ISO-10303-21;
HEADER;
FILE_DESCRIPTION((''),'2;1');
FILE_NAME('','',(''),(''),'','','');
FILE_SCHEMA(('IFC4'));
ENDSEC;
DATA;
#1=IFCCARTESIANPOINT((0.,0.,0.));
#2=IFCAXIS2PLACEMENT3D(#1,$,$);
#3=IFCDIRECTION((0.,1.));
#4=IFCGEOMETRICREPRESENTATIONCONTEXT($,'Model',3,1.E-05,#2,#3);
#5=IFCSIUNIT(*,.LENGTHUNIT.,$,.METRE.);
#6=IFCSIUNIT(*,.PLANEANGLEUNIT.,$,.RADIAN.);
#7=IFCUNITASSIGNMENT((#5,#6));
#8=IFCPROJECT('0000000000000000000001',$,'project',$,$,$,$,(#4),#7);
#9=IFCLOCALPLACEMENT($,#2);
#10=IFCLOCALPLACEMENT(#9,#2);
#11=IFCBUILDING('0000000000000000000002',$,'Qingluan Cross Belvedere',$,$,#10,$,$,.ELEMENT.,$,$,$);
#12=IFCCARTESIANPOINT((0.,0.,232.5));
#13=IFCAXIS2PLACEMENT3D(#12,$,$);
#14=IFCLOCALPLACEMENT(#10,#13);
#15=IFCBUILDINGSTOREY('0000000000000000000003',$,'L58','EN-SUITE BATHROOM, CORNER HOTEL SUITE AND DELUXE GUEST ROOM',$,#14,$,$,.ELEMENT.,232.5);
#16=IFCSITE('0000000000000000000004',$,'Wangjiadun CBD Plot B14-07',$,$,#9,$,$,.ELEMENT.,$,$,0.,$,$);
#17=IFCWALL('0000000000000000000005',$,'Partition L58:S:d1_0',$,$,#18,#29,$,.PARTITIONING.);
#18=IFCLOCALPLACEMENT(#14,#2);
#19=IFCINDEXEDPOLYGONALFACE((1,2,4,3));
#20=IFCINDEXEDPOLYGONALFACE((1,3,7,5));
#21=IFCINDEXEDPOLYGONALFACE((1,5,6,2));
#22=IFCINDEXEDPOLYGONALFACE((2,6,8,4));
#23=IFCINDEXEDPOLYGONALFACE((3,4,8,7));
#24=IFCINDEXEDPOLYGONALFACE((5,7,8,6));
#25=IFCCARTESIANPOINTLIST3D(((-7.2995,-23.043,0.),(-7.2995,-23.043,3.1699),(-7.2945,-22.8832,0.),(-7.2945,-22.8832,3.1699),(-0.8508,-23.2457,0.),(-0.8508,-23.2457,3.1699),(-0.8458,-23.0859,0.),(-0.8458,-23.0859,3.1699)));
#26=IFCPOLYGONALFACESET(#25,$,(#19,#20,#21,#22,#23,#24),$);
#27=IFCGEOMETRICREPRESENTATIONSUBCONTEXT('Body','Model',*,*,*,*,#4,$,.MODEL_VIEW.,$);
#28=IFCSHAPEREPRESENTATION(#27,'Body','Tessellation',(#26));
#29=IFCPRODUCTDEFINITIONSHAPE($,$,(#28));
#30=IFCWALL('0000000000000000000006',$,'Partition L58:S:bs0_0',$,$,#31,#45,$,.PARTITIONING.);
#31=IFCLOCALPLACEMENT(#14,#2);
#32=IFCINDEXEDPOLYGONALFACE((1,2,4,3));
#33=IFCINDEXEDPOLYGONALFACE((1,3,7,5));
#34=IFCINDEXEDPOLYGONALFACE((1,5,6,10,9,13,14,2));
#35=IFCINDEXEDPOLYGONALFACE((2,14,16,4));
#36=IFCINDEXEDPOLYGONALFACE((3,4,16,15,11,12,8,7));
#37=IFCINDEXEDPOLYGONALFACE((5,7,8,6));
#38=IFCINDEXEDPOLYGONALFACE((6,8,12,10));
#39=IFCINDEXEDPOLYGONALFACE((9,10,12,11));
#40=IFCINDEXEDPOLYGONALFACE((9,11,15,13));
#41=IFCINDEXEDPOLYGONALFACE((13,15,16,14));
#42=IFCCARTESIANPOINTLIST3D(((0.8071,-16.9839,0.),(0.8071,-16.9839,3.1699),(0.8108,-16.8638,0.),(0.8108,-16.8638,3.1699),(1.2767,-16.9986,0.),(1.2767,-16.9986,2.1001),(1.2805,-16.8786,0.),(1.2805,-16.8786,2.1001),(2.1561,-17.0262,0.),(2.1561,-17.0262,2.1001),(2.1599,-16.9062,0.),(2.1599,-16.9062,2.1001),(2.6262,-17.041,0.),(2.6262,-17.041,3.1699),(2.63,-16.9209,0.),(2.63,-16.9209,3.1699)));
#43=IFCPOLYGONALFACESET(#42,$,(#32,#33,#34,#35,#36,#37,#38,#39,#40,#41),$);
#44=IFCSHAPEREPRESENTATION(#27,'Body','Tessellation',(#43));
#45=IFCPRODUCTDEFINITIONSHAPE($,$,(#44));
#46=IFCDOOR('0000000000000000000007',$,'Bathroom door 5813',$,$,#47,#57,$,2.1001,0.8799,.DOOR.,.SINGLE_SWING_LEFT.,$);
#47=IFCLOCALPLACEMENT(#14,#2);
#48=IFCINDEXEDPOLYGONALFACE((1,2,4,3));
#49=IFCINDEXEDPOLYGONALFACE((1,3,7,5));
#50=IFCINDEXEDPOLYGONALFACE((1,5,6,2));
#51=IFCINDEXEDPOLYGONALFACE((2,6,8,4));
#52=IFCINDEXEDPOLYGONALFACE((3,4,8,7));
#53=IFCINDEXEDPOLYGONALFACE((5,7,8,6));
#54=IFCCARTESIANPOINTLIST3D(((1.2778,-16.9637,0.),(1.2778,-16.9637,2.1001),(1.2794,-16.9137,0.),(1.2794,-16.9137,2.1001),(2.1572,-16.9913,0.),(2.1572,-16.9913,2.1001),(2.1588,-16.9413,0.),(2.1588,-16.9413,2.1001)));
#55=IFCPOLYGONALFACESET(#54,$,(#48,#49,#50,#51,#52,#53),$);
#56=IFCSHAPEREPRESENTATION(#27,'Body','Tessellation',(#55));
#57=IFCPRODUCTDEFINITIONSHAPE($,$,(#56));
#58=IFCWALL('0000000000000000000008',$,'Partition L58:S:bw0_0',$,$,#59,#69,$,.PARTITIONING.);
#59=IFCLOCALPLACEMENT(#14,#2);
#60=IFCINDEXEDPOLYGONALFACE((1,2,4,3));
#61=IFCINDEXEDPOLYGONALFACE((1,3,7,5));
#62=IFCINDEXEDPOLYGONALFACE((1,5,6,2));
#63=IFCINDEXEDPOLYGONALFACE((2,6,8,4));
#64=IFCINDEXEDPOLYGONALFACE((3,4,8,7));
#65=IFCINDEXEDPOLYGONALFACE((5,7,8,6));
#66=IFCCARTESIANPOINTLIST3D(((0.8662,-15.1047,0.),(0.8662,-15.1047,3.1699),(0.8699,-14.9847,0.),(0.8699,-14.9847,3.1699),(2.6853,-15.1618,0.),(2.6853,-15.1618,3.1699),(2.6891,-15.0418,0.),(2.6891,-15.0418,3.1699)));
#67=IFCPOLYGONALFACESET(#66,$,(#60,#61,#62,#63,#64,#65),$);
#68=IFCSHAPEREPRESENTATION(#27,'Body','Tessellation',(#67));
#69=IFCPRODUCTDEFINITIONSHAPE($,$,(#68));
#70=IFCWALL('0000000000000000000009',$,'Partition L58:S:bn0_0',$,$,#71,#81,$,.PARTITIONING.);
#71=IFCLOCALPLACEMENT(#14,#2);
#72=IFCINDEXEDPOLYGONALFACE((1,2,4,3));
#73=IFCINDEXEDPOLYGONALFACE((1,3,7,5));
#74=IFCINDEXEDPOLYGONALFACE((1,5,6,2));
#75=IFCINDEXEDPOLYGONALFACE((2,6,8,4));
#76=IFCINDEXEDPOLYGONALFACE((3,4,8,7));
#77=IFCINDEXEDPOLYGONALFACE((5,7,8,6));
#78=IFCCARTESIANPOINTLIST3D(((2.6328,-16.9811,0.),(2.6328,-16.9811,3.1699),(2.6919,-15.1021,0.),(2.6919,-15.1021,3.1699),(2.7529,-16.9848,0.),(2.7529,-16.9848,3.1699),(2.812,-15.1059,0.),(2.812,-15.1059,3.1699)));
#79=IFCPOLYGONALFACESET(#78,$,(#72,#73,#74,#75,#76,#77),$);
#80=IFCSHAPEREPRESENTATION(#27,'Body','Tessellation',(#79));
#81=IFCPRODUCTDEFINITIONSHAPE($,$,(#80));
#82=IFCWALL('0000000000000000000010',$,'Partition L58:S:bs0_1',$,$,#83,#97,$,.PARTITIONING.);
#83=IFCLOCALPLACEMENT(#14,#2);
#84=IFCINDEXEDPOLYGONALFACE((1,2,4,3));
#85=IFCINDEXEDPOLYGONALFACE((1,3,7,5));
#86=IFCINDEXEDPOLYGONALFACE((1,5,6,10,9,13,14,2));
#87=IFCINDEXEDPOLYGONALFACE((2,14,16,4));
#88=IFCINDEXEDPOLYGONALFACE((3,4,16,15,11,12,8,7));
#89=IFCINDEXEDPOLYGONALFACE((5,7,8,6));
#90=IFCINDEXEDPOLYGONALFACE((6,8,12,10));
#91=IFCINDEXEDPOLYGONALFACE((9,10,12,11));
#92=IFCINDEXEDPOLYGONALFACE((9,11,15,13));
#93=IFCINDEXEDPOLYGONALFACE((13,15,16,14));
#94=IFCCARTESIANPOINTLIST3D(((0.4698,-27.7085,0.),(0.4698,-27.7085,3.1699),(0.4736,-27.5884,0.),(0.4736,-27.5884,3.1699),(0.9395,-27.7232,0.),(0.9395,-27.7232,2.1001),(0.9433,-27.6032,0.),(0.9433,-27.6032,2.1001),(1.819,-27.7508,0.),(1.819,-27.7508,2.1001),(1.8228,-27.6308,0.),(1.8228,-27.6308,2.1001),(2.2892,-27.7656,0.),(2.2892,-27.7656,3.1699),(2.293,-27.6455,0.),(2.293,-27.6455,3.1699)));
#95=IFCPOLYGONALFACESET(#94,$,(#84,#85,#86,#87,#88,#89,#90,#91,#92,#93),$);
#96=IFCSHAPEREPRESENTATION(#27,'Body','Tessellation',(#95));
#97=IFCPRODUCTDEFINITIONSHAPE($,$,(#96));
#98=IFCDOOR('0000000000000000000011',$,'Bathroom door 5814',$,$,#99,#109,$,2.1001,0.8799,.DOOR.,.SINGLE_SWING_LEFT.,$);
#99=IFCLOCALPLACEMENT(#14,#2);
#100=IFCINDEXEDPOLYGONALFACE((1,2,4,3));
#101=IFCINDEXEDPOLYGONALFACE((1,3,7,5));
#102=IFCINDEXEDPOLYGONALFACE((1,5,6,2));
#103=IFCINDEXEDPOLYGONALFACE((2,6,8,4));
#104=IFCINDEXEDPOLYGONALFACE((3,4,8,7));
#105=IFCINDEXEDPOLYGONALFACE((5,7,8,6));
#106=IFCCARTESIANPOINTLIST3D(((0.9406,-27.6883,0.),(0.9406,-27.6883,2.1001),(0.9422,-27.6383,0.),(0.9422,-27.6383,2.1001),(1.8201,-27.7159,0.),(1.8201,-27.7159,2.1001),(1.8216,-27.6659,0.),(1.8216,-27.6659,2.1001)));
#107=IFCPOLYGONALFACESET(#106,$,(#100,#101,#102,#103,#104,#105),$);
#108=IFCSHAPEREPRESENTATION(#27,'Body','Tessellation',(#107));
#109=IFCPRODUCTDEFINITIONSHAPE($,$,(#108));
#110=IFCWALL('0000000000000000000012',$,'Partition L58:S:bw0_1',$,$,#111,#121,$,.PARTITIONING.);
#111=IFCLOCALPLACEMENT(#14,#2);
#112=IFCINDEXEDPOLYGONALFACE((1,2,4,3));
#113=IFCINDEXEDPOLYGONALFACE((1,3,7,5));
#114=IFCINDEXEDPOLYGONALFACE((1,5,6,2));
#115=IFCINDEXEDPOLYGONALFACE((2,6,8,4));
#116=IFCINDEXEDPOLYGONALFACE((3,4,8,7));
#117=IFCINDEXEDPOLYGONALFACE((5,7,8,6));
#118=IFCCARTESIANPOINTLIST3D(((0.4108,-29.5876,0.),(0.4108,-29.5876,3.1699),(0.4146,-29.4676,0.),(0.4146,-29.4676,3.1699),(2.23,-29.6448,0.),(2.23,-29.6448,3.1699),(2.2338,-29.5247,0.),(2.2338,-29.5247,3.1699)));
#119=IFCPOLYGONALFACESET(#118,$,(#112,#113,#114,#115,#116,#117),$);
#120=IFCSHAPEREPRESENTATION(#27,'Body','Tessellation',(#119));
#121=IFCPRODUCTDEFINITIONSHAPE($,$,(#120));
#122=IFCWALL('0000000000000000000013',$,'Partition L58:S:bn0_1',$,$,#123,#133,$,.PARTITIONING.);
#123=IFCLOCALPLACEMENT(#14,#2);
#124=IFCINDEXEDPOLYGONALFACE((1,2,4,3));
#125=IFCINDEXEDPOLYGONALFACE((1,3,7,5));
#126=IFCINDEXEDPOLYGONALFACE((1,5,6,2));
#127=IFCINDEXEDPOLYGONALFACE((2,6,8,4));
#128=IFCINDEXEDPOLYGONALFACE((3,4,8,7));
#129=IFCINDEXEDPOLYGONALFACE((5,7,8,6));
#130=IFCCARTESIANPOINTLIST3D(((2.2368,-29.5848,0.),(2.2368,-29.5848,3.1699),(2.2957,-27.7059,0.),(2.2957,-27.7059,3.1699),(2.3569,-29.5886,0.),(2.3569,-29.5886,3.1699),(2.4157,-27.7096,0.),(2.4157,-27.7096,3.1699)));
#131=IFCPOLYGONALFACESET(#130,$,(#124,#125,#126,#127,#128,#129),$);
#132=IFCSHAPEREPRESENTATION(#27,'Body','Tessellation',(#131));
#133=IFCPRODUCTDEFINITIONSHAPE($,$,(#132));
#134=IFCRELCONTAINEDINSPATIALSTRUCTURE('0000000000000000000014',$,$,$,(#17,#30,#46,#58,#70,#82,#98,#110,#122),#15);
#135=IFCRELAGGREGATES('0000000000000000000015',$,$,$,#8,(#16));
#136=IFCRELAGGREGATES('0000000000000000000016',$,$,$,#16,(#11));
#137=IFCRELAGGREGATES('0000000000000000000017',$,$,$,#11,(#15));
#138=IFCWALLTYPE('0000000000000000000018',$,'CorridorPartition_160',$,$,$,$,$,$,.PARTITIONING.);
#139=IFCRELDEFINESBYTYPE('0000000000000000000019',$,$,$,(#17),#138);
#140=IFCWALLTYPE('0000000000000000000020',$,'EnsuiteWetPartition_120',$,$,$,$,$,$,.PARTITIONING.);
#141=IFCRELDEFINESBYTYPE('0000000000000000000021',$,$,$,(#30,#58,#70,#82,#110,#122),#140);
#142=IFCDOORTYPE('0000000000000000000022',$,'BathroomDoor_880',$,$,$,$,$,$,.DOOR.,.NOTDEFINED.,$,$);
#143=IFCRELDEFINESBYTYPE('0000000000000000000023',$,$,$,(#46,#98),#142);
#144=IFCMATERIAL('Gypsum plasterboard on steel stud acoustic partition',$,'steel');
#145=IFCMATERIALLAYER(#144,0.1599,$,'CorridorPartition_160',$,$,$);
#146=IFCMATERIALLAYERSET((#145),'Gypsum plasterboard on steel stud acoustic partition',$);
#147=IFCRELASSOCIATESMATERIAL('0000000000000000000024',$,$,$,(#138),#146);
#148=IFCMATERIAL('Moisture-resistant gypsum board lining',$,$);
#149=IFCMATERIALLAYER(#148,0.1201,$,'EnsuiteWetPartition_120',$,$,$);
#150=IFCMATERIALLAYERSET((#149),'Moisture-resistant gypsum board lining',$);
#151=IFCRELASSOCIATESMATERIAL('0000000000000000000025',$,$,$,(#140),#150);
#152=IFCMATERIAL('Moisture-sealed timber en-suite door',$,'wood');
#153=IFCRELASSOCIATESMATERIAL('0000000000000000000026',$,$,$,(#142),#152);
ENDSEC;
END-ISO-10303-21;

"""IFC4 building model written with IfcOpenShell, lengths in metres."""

from ifc_helpers import new_model, si_unit, direction, frame, frame_2d, origin, place, context, subcontext, project, spatial, rectangle, extrude, material, layer, layer_set, type_object, element, fill, save


model = new_model("IFC4")

# Units and contexts
model_context = context("Model", 3, precision=1e-05, world=origin(), true_north=direction((0.0, 1.0)))
body_context = subcontext(model_context, "Body", "Model", "MODEL_VIEW")
ifc_project = project(units=[si_unit("LENGTHUNIT", "METRE"), si_unit("PLANEANGLEUNIT", "RADIAN")], contexts=[model_context])

# Site, building, storey
site_placement = place(None, origin())
site = spatial("IfcSite", under=ifc_project, at=site_placement, Name="Wangjiadun CBD Plot B14-07", CompositionType="ELEMENT", RefElevation=0.0)
building_placement = place(site_placement, origin())
building = spatial("IfcBuilding", under=site, at=building_placement, Name="Qingluan Cross Belvedere", CompositionType="ELEMENT")
storey_placement = place(building_placement, frame((0.0, 0.0, 232.5)))
storey = spatial("IfcBuildingStorey", under=building, at=storey_placement, Name="L58", Description="EN-SUITE BATHROOM, CORNER HOTEL SUITE AND DELUXE GUEST ROOM", CompositionType="ELEMENT", Elevation=232.5)

# Shared definitions
ifc_material_1 = material(Name="Gypsum plasterboard on steel stud acoustic partition", Category="steel")
ifc_layer_1 = layer(ifc_material_1, 0.1599, Name="CorridorPartition_160")
ifc_layer_set_1 = layer_set([ifc_layer_1], Name="Gypsum plasterboard on steel stud acoustic partition")
wall_type_1 = type_object("IfcWallType", Name="CorridorPartition_160", PredefinedType="PARTITIONING", material=ifc_layer_set_1)

# Wall
wall_1_placement = place(storey_placement, frame((-0.8481, -23.1658, 0.0), z_axis=(0.0, 0.0, 1.0), x_axis=(-0.999507, 0.031407, 0.0)))
element("IfcWall", 1, at=wall_1_placement, inside=storey, type_object=wall_type_1, Name="Partition L58:S:d1_0", PredefinedType="PARTITIONING", context=body_context, shape_type="SweptSolid", body=[
    extrude(rectangle(XDim=6.4519, YDim=0.1599, at=frame_2d((3.2261, 0.0))), origin(), (0.0, 0.0, 1.0), 3.1699),
])

# Wall, opening, door
ifc_material_2 = material(Name="Moisture-resistant gypsum board lining")
ifc_layer_2 = layer(ifc_material_2, 0.1201, Name="EnsuiteWetPartition_120")
ifc_layer_set_2 = layer_set([ifc_layer_2], Name="Moisture-resistant gypsum board lining")
wall_type_2 = type_object("IfcWallType", Name="EnsuiteWetPartition_120", PredefinedType="PARTITIONING", material=ifc_layer_set_2)
wall_2_placement = place(storey_placement, frame((0.8088, -16.9238, 0.0), z_axis=(0.0, 0.0, 1.0), x_axis=(0.999507, -0.03139, 0.0)))
wall_2 = element("IfcWall", 2, at=wall_2_placement, inside=storey, type_object=wall_type_2, Name="Partition L58:S:bs0_0", PredefinedType="PARTITIONING", context=body_context, shape_type="SweptSolid", body=[
    extrude(rectangle(XDim=1.8201, YDim=0.1201, at=frame_2d((0.9102, 0.0))), origin(), (0.0, 0.0, 1.0), 3.1699),
])
opening_1_placement = place(wall_2_placement, frame((0.47, 0.0, 0.0)))
opening_1 = element("IfcOpeningElement", 3, at=opening_1_placement, cuts=wall_2, PredefinedType="OPENING", context=body_context, shape_type="SweptSolid", body=[
    extrude(rectangle(XDim=0.8799, YDim=2.1001, at=frame_2d((0.4399, 1.05))), frame((0.0, 0.0701, 0.0), z_axis=(0.0, -1.0, 0.0), x_axis=(1.0, 0.0, 0.0)), (0.0, 0.0, 1.0), 0.1401),
])
ifc_material_3 = material(Name="Moisture-sealed timber en-suite door", Category="wood")
door_type_1 = type_object("IfcDoorType", Name="BathroomDoor_880", OperationType="NOTDEFINED", PredefinedType="DOOR", material=ifc_material_3)
door_1_placement = place(opening_1_placement, origin())
door_1 = element("IfcDoor", 4, at=door_1_placement, inside=storey, type_object=door_type_1, Name="Bathroom door 5813", OperationType="SINGLE_SWING_LEFT", OverallHeight=2.1001, OverallWidth=0.8799, PredefinedType="DOOR", context=body_context, shape_type="SweptSolid", body=[
    extrude(rectangle(XDim=0.8799, YDim=2.1001, at=frame_2d((0.4399, 1.05))), frame((0.0, 0.0249, 0.0), z_axis=(0.0, -1.0, 0.0), x_axis=(1.0, 0.0, 0.0)), (0.0, 0.0, 1.0), 0.05),
])
fill(opening_1, door_1)

# Walls
wall_3_placement = place(storey_placement, frame((0.8679, -15.0447, 0.0), z_axis=(0.0, 0.0, 1.0), x_axis=(0.999507, -0.03139, 0.0)))
element("IfcWall", 5, at=wall_3_placement, inside=storey, type_object=wall_type_2, Name="Partition L58:S:bw0_0", PredefinedType="PARTITIONING", context=body_context, shape_type="SweptSolid", body=[
    extrude(rectangle(XDim=1.8201, YDim=0.1201, at=frame_2d((0.9102, 0.0))), origin(), (0.0, 0.0, 1.0), 3.1699),
])
wall_4_placement = place(storey_placement, frame((2.752, -15.104, 0.0), z_axis=(0.0, 0.0, 1.0), x_axis=(-0.031429, -0.999506, 0.0)))
element("IfcWall", 6, at=wall_4_placement, inside=storey, type_object=wall_type_2, Name="Partition L58:S:bn0_0", PredefinedType="PARTITIONING", context=body_context, shape_type="SweptSolid", body=[
    extrude(rectangle(XDim=1.8799, YDim=0.1201, at=frame_2d((0.9399, 0.0))), origin(), (0.0, 0.0, 1.0), 3.1699),
])

# Wall, opening, door
wall_5_placement = place(storey_placement, frame((0.4717, -27.6484, 0.0), z_axis=(0.0, 0.0, 1.0), x_axis=(0.999507, -0.031385, 0.0)))
wall_5 = element("IfcWall", 7, at=wall_5_placement, inside=storey, type_object=wall_type_2, Name="Partition L58:S:bs0_1", PredefinedType="PARTITIONING", context=body_context, shape_type="SweptSolid", body=[
    extrude(rectangle(XDim=1.8203, YDim=0.1201, at=frame_2d((0.9102, 0.0))), origin(), (0.0, 0.0, 1.0), 3.1699),
])
opening_2_placement = place(wall_5_placement, frame((0.47, 0.0, 0.0)))
opening_2 = element("IfcOpeningElement", 8, at=opening_2_placement, cuts=wall_5, PredefinedType="OPENING", context=body_context, shape_type="SweptSolid", body=[
    extrude(rectangle(XDim=0.8799, YDim=2.1001, at=frame_2d((0.4399, 1.05))), frame((0.0, 0.0701, 0.0), z_axis=(0.0, -1.0, 0.0), x_axis=(1.0, 0.0, 0.0)), (0.0, 0.0, 1.0), 0.1401),
])
door_2_placement = place(opening_2_placement, origin())
door_2 = element("IfcDoor", 9, at=door_2_placement, inside=storey, type_object=door_type_1, Name="Bathroom door 5814", OperationType="SINGLE_SWING_LEFT", OverallHeight=2.1001, OverallWidth=0.8799, PredefinedType="DOOR", context=body_context, shape_type="SweptSolid", body=[
    extrude(rectangle(XDim=0.8799, YDim=2.1001, at=frame_2d((0.4399, 1.05))), frame((0.0, 0.0249, 0.0), z_axis=(0.0, -1.0, 0.0), x_axis=(1.0, 0.0, 0.0)), (0.0, 0.0, 1.0), 0.05),
])
fill(opening_2, door_2)

# Walls
wall_6_placement = place(storey_placement, frame((0.4126, -29.5276, 0.0), z_axis=(0.0, 0.0, 1.0), x_axis=(0.999507, -0.03139, 0.0)))
element("IfcWall", 10, at=wall_6_placement, inside=storey, type_object=wall_type_2, Name="Partition L58:S:bw0_1", PredefinedType="PARTITIONING", context=body_context, shape_type="SweptSolid", body=[
    extrude(rectangle(XDim=1.8201, YDim=0.1201, at=frame_2d((0.9102, 0.0))), origin(), (0.0, 0.0, 1.0), 3.1699),
])
wall_7_placement = place(storey_placement, frame((2.3557, -27.7078, 0.0), z_axis=(0.0, 0.0, 1.0), x_axis=(-0.0313, -0.99951, 0.0)))
element("IfcWall", 11, at=wall_7_placement, inside=storey, type_object=wall_type_2, Name="Partition L58:S:bn0_1", PredefinedType="PARTITIONING", context=body_context, shape_type="SweptSolid", body=[
    extrude(rectangle(XDim=1.8799, YDim=0.1201, at=frame_2d((0.9399, 0.0))), origin(), (0.0, 0.0, 1.0), 3.1699),
])

save(model, "model.ifc")
